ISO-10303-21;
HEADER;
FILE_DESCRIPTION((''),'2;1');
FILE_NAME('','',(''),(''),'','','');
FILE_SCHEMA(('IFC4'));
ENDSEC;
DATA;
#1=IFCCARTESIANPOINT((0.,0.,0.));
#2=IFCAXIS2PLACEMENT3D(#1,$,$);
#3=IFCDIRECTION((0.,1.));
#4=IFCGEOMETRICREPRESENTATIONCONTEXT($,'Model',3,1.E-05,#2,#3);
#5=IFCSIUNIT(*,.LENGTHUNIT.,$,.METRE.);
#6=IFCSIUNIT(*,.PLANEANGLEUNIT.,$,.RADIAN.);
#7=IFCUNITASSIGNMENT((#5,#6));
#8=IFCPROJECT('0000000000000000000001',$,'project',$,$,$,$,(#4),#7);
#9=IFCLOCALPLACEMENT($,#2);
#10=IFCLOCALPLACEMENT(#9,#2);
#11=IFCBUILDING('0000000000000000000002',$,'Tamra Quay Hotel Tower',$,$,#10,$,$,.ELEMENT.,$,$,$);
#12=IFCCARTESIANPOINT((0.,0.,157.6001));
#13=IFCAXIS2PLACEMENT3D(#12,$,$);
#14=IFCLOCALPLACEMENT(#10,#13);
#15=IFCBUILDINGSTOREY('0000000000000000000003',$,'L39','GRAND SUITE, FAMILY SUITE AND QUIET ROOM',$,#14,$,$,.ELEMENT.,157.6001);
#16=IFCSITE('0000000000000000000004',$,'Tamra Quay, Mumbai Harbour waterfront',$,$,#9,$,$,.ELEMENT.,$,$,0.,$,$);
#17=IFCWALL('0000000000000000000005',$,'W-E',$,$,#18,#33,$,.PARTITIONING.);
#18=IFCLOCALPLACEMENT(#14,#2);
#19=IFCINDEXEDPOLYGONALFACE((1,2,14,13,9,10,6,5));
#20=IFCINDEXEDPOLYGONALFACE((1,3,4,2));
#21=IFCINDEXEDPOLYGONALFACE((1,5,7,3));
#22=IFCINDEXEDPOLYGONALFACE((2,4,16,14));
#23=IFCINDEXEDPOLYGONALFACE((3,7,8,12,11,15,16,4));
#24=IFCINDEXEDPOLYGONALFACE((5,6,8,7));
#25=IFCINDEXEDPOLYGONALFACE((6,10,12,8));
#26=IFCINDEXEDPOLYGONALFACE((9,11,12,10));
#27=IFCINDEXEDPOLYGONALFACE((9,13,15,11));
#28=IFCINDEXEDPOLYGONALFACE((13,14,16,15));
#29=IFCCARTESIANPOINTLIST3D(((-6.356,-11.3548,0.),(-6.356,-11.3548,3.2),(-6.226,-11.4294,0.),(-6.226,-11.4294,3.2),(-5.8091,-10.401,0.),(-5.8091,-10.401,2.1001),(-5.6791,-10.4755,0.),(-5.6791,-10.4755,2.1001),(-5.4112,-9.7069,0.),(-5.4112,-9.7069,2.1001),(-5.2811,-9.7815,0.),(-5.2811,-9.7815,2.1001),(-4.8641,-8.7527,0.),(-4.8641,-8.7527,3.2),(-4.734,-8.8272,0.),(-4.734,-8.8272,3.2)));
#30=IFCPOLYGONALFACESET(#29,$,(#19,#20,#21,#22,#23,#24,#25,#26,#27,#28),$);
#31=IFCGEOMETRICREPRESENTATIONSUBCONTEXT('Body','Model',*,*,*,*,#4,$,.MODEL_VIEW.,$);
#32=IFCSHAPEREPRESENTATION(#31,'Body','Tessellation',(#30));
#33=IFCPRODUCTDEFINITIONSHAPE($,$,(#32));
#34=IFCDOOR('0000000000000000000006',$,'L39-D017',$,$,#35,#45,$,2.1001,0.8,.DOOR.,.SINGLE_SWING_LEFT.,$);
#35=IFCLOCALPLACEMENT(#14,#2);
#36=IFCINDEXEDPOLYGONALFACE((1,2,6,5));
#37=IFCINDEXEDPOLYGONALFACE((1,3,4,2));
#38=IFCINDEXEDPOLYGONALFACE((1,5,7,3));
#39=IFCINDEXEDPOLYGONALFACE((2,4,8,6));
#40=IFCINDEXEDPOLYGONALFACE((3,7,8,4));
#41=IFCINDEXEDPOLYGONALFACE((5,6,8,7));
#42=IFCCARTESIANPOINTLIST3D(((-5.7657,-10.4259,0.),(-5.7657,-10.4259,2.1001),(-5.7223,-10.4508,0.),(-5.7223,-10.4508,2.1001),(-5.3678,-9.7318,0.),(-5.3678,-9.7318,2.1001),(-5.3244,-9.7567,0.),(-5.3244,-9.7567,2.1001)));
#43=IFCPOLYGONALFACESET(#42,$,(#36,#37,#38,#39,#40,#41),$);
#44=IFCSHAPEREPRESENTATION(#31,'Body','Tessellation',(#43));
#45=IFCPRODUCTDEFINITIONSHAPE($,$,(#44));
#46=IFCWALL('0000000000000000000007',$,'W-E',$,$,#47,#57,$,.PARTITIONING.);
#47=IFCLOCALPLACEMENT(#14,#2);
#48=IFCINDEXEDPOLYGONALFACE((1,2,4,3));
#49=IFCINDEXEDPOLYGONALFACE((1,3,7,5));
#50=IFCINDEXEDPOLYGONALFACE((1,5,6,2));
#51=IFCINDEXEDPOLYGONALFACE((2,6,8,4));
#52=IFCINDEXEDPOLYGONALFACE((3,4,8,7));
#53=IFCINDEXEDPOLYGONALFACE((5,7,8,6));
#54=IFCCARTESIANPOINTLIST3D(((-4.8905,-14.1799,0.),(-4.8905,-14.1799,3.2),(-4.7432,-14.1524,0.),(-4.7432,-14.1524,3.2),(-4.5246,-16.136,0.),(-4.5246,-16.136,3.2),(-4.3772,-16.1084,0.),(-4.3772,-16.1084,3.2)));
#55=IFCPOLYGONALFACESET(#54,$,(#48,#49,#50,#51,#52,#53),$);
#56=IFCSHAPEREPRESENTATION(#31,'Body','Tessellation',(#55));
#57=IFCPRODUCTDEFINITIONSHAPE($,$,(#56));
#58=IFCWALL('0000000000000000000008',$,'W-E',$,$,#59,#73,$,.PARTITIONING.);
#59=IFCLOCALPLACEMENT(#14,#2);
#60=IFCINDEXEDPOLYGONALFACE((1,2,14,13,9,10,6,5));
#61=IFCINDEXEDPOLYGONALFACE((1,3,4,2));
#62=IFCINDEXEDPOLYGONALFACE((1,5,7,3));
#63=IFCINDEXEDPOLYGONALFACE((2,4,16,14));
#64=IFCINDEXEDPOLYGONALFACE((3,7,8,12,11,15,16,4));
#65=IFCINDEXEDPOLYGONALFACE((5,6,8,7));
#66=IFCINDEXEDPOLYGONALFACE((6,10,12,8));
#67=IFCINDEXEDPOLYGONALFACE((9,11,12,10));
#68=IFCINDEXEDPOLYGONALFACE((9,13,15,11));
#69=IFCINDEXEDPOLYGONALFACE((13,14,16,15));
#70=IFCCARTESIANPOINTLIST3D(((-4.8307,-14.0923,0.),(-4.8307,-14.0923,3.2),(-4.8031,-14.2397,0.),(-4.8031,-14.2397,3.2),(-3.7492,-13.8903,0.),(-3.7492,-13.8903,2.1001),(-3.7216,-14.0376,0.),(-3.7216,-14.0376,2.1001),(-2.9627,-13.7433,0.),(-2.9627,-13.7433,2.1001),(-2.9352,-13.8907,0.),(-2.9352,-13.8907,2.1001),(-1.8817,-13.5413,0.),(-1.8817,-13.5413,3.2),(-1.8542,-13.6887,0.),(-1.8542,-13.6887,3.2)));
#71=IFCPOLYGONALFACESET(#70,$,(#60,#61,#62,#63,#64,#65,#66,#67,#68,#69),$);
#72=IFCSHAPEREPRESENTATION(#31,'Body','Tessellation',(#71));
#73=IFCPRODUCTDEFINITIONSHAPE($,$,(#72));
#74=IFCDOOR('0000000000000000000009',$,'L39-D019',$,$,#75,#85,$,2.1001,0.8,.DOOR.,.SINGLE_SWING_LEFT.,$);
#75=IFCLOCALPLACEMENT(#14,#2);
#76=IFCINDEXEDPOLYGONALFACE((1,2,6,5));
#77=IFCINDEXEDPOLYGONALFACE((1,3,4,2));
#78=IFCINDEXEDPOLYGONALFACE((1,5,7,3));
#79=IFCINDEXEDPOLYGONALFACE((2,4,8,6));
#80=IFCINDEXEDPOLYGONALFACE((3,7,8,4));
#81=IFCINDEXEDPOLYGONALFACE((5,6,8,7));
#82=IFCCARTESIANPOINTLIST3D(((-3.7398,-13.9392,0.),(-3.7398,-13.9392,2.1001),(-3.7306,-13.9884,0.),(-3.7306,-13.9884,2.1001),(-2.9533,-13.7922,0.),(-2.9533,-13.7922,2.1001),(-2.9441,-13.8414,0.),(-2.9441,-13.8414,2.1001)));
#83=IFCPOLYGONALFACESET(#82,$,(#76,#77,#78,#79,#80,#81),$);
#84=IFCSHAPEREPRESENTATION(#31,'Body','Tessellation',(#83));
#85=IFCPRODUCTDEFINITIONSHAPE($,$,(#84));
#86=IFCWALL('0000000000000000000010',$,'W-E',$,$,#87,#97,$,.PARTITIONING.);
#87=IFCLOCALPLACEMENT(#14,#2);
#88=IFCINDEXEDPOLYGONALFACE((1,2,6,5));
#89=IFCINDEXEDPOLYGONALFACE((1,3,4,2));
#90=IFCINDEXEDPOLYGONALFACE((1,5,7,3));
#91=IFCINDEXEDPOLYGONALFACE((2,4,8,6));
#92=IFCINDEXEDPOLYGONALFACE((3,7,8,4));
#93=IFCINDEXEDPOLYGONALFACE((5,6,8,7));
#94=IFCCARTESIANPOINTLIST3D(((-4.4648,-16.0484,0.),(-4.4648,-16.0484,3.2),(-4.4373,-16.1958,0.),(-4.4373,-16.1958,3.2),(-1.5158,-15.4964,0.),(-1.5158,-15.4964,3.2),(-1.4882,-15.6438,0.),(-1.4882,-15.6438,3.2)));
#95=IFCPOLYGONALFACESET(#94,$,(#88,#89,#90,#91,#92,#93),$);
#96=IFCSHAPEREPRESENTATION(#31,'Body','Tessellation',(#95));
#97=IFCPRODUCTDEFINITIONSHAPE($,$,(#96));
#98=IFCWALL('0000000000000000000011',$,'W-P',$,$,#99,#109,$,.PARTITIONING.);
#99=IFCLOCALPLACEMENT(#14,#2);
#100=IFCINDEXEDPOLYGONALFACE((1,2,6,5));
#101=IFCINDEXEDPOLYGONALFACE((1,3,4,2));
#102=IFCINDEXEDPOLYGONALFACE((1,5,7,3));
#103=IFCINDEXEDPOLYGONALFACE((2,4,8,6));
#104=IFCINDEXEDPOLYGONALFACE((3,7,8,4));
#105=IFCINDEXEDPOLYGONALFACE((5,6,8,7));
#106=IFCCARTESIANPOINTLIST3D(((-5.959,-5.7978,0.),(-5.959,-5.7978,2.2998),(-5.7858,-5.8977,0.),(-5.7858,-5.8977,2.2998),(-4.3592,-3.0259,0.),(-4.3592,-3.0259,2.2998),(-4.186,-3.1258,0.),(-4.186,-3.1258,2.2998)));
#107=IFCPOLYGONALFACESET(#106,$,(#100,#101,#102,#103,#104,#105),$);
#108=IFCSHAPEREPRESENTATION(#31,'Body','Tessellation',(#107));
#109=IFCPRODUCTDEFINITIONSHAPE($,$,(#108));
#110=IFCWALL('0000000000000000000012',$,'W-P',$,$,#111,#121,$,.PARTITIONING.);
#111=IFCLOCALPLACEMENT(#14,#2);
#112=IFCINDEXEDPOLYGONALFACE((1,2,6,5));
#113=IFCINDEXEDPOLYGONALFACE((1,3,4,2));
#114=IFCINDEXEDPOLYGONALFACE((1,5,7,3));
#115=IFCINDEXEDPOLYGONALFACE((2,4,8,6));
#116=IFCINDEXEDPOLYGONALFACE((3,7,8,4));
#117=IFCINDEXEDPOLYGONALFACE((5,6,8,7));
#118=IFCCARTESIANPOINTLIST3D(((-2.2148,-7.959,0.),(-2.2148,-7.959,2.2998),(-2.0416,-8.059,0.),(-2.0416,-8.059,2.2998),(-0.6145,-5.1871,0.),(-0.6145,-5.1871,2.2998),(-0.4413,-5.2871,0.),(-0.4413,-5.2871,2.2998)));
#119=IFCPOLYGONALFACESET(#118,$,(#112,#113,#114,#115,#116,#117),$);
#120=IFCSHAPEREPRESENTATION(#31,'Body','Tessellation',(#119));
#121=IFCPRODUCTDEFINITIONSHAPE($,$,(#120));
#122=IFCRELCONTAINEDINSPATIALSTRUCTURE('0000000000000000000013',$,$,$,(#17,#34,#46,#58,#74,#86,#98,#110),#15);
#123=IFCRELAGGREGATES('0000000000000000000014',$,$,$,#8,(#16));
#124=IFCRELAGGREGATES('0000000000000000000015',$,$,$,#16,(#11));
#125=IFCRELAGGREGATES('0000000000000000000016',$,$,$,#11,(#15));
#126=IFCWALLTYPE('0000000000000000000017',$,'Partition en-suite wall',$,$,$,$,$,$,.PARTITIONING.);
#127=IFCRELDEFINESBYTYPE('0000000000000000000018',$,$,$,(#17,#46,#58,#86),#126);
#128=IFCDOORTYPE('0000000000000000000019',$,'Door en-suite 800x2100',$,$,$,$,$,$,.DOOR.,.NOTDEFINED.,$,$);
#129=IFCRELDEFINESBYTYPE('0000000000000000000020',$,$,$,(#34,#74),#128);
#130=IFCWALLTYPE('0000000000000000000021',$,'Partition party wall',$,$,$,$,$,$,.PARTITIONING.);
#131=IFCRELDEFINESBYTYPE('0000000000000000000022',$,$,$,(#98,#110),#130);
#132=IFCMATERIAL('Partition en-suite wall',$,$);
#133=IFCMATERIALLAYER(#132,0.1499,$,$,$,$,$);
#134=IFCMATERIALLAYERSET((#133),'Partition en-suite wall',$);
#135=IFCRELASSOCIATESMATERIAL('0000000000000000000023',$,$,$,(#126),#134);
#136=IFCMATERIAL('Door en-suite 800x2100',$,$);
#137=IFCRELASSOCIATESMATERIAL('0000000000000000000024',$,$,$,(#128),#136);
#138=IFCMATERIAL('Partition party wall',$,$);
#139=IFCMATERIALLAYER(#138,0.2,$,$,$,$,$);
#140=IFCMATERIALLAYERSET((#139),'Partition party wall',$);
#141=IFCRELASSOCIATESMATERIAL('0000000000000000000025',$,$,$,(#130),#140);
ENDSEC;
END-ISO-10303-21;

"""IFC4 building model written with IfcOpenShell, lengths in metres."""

from ifc_helpers import new_model, si_unit, direction, frame, frame_2d, origin, place, context, subcontext, project, spatial, rectangle, extrude, material, layer, layer_set, type_object, element, fill, save


model = new_model("IFC4")

# Units and contexts
model_context = context("Model", 3, precision=1e-05, world=origin(), true_north=direction((0.0, 1.0)))
body_context = subcontext(model_context, "Body", "Model", "MODEL_VIEW")
ifc_project = project(units=[si_unit("LENGTHUNIT", "METRE"), si_unit("PLANEANGLEUNIT", "RADIAN")], contexts=[model_context])

# Site, building, storey
site_placement = place(None, origin())
site = spatial("IfcSite", under=ifc_project, at=site_placement, Name="Tamra Quay, Mumbai Harbour waterfront", CompositionType="ELEMENT", RefElevation=0.0)
building_placement = place(site_placement, origin())
building = spatial("IfcBuilding", under=site, at=building_placement, Name="Tamra Quay Hotel Tower", CompositionType="ELEMENT")
storey_placement = place(building_placement, frame((0.0, 0.0, 157.6001)))
storey = spatial("IfcBuildingStorey", under=building, at=storey_placement, Name="L39", Description="GRAND SUITE, FAMILY SUITE AND QUIET ROOM", CompositionType="ELEMENT", Elevation=157.6001)

# Shared definitions
ifc_material_1 = material(Name="Partition en-suite wall")
ifc_layer_1 = layer(ifc_material_1, 0.1499)
ifc_layer_set_1 = layer_set([ifc_layer_1], Name="Partition en-suite wall")
wall_type_1 = type_object("IfcWallType", Name="Partition en-suite wall", PredefinedType="PARTITIONING", material=ifc_layer_set_1)
ifc_material_2 = material(Name="Door en-suite 800x2100")
door_type_1 = type_object("IfcDoorType", Name="Door en-suite 800x2100", OperationType="NOTDEFINED", PredefinedType="DOOR", material=ifc_material_2)

# Wall, opening, door
wall_1_placement = place(storey_placement, frame((-6.291, -11.3921, 0.0), z_axis=(0.0, 0.0, 1.0), x_axis=(0.497409, 0.867516, 0.0)))
wall_1 = element("IfcWall", 1, at=wall_1_placement, inside=storey, type_object=wall_type_1, Name="W-E", PredefinedType="PARTITIONING", context=body_context, shape_type="SweptSolid", body=[
    extrude(rectangle(XDim=2.9995, YDim=0.1499, at=frame_2d((1.4998, 0.0))), origin(), (0.0, 0.0, 1.0), 3.2),
])
opening_1_placement = place(wall_1_placement, frame((1.0996, 0.0, 0.0)))
opening_1 = element("IfcOpeningElement", 2, at=opening_1_placement, cuts=wall_1, PredefinedType="OPENING", context=body_context, shape_type="SweptSolid", body=[
    extrude(rectangle(XDim=0.8, YDim=2.1001, at=frame_2d((0.3999, 1.05))), frame((0.0, 0.085, 0.0), z_axis=(0.0, -1.0, 0.0), x_axis=(1.0, 0.0, 0.0)), (0.0, 0.0, 1.0), 0.1699),
])
door_1_placement = place(opening_1_placement, origin())
door_1 = element("IfcDoor", 3, at=door_1_placement, inside=storey, type_object=door_type_1, Name="L39-D017", OperationType="SINGLE_SWING_LEFT", OverallHeight=2.1001, OverallWidth=0.8, PredefinedType="DOOR", context=body_context, shape_type="SweptSolid", body=[
    extrude(rectangle(XDim=0.8, YDim=2.1001, at=frame_2d((0.3999, 1.05))), frame((0.0, 0.0249, 0.0), z_axis=(0.0, -1.0, 0.0), x_axis=(1.0, 0.0, 0.0)), (0.0, 0.0, 1.0), 0.05),
])
fill(opening_1, door_1)

# Wall
wall_2_placement = place(storey_placement, frame((-4.8169, -14.166, 0.0), z_axis=(0.0, 0.0, 1.0), x_axis=(0.183903, -0.982944, 0.0)))
element("IfcWall", 4, at=wall_2_placement, inside=storey, type_object=wall_type_1, Name="W-E", PredefinedType="PARTITIONING", context=body_context, shape_type="SweptSolid", body=[
    extrude(rectangle(XDim=1.99, YDim=0.1499, at=frame_2d((0.9951, 0.0))), origin(), (0.0, 0.0, 1.0), 3.2),
])

# Wall, opening, door
wall_3_placement = place(storey_placement, frame((-4.8169, -14.166, 0.0), z_axis=(0.0, 0.0, 1.0), x_axis=(0.982987, 0.183674, 0.0)))
wall_3 = element("IfcWall", 5, at=wall_3_placement, inside=storey, type_object=wall_type_1, Name="W-E", PredefinedType="PARTITIONING", context=body_context, shape_type="SweptSolid", body=[
    extrude(rectangle(XDim=3.0, YDim=0.1499, at=frame_2d((1.5, 0.0))), origin(), (0.0, 0.0, 1.0), 3.2),
])
opening_2_placement = place(wall_3_placement, frame((1.1003, 0.0, 0.0)))
opening_2 = element("IfcOpeningElement", 6, at=opening_2_placement, cuts=wall_3, PredefinedType="OPENING", context=body_context, shape_type="SweptSolid", body=[
    extrude(rectangle(XDim=0.8, YDim=2.1001, at=frame_2d((0.3999, 1.05))), frame((0.0, 0.085, 0.0), z_axis=(0.0, -1.0, 0.0), x_axis=(1.0, 0.0, 0.0)), (0.0, 0.0, 1.0), 0.1699),
])
door_2_placement = place(opening_2_placement, frame((0.8, 0.0, 0.0), z_axis=(0.0, 0.0, 1.0), x_axis=(-1.0, 0.0, 0.0)))
door_2 = element("IfcDoor", 7, at=door_2_placement, inside=storey, type_object=door_type_1, Name="L39-D019", OperationType="SINGLE_SWING_LEFT", OverallHeight=2.1001, OverallWidth=0.8, PredefinedType="DOOR", context=body_context, shape_type="SweptSolid", body=[
    extrude(rectangle(XDim=0.8, YDim=2.1001, at=frame_2d((0.3999, 1.05))), frame((0.0, 0.0249, 0.0), z_axis=(0.0, -1.0, 0.0), x_axis=(1.0, 0.0, 0.0)), (0.0, 0.0, 1.0), 0.05),
])
fill(opening_2, door_2)

# Walls
wall_4_placement = place(storey_placement, frame((-4.4509, -16.1221, 0.0), z_axis=(0.0, 0.0, 1.0), x_axis=(0.982928, 0.183989, 0.0)))
element("IfcWall", 8, at=wall_4_placement, inside=storey, type_object=wall_type_1, Name="W-E", PredefinedType="PARTITIONING", context=body_context, shape_type="SweptSolid", body=[
    extrude(rectangle(XDim=3.0002, YDim=0.1499, at=frame_2d((1.5, 0.0))), origin(), (0.0, 0.0, 1.0), 3.2),
])
ifc_material_3 = material(Name="Partition party wall")
ifc_layer_2 = layer(ifc_material_3, 0.2)
ifc_layer_set_2 = layer_set([ifc_layer_2], Name="Partition party wall")
wall_type_2 = type_object("IfcWallType", Name="Partition party wall", PredefinedType="PARTITIONING", material=ifc_layer_set_2)
wall_5_placement = place(storey_placement, frame((-5.8723, -5.8477, 0.0), z_axis=(0.0, 0.0, 1.0), x_axis=(0.499872, 0.866099, 0.0)))
element("IfcWall", 9, at=wall_5_placement, inside=storey, type_object=wall_type_2, Name="W-P", PredefinedType="PARTITIONING", context=body_context, shape_type="SweptSolid", body=[
    extrude(rectangle(XDim=3.2004, YDim=0.2, at=frame_2d((1.6001, 0.0))), origin(), (0.0, 0.0, 1.0), 2.2998),
])
wall_6_placement = place(storey_placement, frame((-2.1282, -8.009, 0.0), z_axis=(0.0, 0.0, 1.0), x_axis=(0.499987, 0.866033, 0.0)))
element("IfcWall", 10, at=wall_6_placement, inside=storey, type_object=wall_type_2, Name="W-P", PredefinedType="PARTITIONING", context=body_context, shape_type="SweptSolid", body=[
    extrude(rectangle(XDim=3.2007, YDim=0.2, at=frame_2d((1.6003, 0.0))), origin(), (0.0, 0.0, 1.0), 2.2998),
])

save(model, "model.ifc")
